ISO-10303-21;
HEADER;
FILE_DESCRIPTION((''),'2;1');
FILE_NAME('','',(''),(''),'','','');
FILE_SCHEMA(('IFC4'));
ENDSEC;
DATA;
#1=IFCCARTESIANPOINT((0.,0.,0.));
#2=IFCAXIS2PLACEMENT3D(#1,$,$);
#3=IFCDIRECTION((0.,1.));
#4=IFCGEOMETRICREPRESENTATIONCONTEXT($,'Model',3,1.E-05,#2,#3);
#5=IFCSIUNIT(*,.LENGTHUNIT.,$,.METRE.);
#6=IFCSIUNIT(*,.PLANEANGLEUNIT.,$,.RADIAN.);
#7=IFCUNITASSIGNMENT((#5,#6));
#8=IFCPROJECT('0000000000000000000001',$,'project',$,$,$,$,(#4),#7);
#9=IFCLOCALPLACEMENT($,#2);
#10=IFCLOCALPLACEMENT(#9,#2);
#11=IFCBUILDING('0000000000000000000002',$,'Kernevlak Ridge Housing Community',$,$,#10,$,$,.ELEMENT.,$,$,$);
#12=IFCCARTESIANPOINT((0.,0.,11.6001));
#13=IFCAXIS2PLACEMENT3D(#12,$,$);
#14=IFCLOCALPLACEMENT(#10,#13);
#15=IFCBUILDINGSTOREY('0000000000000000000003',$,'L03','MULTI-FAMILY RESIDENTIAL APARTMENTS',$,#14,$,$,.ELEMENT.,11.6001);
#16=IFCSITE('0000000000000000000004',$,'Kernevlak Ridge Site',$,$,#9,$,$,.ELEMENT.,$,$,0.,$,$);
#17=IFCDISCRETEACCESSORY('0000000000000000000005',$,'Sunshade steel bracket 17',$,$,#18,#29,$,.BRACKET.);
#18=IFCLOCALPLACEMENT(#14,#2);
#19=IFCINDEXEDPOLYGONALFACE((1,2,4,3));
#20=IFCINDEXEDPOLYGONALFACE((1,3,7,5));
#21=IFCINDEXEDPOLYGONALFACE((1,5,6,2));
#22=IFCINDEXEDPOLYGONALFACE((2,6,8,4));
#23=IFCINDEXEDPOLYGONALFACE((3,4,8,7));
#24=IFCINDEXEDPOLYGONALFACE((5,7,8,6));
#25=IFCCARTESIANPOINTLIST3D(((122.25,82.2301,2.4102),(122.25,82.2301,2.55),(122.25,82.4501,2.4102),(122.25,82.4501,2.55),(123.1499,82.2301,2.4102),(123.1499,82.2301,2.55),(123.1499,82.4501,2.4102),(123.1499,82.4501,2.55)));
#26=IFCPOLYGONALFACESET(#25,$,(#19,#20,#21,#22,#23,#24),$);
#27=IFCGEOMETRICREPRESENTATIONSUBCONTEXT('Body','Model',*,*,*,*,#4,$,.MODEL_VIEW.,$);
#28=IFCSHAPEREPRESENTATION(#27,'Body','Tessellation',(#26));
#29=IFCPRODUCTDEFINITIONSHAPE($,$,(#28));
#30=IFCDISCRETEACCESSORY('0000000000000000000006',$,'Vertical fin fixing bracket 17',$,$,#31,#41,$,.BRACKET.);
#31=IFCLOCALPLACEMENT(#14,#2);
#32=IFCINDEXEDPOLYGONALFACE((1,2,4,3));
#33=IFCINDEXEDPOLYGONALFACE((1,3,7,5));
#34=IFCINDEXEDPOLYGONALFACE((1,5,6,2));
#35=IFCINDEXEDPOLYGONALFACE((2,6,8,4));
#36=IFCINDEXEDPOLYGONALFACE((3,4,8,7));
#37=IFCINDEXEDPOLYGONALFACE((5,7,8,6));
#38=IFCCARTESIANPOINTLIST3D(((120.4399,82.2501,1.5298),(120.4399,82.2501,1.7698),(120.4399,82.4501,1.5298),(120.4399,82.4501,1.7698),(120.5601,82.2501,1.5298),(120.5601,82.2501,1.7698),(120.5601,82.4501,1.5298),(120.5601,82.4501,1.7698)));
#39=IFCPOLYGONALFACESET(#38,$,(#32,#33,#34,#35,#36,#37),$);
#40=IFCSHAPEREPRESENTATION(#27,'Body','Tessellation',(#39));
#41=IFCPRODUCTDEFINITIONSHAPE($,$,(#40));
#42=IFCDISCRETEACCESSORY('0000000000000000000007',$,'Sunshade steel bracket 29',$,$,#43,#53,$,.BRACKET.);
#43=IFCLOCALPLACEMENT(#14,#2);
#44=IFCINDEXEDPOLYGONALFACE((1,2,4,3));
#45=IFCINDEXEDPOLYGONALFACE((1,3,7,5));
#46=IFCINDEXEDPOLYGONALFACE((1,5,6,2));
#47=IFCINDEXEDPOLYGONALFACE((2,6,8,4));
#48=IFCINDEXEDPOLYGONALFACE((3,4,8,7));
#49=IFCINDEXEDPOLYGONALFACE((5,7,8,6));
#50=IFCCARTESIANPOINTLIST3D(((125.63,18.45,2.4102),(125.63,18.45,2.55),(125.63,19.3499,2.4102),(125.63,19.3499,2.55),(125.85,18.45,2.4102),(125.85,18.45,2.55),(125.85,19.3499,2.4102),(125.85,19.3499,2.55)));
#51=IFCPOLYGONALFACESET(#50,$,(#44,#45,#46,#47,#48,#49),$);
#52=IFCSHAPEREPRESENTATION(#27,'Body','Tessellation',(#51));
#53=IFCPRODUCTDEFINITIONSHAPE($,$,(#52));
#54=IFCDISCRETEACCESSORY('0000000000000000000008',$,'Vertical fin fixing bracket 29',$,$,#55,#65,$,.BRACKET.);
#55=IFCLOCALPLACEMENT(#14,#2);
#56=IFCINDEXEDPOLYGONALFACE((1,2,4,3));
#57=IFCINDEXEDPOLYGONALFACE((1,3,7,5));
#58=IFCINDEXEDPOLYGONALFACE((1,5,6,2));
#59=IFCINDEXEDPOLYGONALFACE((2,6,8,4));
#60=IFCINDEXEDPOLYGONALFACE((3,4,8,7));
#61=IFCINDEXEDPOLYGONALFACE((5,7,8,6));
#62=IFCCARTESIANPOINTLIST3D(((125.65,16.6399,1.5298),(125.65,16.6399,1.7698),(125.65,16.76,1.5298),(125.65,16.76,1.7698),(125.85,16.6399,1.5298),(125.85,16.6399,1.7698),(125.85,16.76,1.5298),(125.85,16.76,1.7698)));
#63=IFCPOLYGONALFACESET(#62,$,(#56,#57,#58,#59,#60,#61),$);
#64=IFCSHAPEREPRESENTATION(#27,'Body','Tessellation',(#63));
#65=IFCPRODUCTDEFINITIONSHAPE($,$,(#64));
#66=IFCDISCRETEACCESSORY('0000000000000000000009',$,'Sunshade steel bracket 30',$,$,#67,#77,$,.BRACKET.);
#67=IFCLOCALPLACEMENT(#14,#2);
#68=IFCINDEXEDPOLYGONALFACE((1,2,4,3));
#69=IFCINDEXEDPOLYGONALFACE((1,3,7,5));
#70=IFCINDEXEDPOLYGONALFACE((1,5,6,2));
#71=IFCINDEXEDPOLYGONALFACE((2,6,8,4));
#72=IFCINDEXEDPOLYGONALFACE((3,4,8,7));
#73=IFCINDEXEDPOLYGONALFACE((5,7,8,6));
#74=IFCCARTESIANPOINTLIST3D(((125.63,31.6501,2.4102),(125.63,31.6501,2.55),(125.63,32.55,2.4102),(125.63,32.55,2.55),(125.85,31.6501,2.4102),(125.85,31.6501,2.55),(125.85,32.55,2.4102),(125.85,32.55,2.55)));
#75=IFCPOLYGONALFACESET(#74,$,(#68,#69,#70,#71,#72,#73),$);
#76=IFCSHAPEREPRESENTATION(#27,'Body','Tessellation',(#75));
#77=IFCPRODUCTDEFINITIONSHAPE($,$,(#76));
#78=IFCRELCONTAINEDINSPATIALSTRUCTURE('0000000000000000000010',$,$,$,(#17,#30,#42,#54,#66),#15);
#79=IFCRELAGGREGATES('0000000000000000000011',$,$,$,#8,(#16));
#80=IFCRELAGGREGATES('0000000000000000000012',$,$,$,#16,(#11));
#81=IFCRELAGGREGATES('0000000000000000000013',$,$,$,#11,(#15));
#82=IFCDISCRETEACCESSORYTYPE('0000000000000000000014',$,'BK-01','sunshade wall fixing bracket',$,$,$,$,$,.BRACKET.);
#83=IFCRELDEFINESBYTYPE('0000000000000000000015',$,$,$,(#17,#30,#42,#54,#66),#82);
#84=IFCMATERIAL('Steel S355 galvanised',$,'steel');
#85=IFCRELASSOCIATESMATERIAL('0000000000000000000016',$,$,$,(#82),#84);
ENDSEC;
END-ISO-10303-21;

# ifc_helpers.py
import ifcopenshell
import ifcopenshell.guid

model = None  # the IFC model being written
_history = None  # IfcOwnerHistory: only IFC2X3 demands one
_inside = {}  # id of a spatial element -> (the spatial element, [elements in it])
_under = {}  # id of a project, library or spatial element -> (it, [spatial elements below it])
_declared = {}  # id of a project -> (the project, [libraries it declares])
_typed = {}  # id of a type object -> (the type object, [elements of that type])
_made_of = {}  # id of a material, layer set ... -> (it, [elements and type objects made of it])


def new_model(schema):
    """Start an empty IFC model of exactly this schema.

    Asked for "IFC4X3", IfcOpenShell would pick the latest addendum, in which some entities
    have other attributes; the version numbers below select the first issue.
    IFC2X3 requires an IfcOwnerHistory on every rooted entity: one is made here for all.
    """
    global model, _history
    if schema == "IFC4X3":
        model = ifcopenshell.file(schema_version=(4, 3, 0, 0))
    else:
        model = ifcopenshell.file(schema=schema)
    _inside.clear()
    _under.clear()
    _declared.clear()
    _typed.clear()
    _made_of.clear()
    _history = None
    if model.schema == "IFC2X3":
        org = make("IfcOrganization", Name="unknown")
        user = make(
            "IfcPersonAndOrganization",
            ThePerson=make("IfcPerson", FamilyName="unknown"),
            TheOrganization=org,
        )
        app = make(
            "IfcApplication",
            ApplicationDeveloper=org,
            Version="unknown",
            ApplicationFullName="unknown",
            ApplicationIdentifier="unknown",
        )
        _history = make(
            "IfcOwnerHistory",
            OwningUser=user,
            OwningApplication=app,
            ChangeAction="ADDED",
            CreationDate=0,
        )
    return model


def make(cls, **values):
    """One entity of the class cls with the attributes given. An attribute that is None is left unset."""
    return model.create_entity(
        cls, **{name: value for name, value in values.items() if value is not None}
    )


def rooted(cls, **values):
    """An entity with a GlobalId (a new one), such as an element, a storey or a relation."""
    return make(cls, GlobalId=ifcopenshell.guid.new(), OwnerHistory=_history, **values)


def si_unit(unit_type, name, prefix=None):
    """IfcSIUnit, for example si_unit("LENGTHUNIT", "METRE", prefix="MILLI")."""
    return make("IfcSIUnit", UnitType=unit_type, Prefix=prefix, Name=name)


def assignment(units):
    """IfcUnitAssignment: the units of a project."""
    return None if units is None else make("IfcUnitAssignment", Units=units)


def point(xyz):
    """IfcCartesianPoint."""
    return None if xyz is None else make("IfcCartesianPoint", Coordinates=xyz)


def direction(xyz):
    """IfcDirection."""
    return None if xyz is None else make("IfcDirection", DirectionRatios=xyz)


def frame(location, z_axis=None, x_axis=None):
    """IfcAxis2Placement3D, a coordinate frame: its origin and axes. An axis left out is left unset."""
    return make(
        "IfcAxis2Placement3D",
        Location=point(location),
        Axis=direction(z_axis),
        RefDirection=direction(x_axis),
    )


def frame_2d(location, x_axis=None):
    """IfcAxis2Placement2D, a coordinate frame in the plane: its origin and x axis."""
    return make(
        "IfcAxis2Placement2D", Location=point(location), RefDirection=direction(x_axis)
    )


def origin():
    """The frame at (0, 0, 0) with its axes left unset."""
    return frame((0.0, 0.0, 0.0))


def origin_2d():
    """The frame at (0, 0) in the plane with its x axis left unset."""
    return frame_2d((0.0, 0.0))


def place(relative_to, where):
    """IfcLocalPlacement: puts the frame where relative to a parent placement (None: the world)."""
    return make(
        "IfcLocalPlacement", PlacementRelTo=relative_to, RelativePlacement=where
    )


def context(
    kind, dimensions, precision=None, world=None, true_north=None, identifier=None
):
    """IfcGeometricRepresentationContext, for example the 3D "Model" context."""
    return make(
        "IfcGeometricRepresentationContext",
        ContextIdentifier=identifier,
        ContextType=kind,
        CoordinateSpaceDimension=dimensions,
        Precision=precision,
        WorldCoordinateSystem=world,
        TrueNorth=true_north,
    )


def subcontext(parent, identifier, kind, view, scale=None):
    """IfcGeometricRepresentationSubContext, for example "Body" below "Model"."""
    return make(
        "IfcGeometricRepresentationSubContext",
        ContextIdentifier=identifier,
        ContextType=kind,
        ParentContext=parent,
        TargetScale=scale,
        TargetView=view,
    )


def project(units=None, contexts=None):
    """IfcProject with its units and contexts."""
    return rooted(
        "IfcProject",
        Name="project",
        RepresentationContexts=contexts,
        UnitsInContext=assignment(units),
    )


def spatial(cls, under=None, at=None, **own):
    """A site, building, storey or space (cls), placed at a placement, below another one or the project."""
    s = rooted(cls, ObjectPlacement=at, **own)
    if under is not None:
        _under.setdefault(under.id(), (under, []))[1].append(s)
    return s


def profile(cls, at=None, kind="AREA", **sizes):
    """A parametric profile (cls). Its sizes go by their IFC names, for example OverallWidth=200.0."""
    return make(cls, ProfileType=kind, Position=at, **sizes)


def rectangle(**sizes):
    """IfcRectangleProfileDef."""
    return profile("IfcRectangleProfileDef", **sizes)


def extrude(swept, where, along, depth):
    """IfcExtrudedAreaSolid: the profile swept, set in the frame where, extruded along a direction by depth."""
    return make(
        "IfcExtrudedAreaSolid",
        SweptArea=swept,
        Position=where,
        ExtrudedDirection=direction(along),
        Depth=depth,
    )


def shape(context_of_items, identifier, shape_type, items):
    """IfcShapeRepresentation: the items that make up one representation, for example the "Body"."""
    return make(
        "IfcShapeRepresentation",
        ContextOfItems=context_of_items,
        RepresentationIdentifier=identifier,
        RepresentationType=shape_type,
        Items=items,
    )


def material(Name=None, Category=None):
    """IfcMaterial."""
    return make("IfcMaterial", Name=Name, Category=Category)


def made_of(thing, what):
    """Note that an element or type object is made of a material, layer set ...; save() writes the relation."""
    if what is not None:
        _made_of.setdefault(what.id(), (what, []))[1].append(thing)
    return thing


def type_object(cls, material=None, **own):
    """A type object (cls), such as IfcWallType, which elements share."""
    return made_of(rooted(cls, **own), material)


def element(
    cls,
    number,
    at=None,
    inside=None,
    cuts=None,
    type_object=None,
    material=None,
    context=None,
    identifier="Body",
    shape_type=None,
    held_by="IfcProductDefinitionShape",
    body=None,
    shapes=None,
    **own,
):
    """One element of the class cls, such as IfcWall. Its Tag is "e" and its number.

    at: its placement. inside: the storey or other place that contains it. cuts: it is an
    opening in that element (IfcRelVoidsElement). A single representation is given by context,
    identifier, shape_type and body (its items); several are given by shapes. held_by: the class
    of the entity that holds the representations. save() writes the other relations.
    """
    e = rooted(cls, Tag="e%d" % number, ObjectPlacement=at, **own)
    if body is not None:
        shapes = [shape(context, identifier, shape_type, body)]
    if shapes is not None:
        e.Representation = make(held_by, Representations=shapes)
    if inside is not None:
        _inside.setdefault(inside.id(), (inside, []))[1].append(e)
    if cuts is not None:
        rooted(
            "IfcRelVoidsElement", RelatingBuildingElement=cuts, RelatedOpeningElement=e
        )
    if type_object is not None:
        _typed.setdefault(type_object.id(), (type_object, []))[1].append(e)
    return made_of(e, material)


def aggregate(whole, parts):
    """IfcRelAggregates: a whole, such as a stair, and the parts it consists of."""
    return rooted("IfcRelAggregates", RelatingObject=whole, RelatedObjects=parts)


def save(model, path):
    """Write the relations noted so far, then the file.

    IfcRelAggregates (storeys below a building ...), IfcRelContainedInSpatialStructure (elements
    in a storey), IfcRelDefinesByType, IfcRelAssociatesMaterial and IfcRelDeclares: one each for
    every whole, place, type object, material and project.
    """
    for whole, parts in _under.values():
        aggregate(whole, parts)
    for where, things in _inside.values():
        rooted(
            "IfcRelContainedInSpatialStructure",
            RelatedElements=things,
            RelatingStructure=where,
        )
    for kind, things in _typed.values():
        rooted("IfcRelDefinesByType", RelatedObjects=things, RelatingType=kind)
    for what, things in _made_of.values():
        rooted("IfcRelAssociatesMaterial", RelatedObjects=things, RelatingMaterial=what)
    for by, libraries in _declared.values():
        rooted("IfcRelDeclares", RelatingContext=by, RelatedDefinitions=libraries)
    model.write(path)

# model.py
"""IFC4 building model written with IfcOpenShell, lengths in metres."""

from ifc_helpers import new_model, si_unit, direction, frame, origin, origin_2d, place, context, subcontext, project, spatial, rectangle, extrude, material, type_object, element, save


model = new_model("IFC4")

# Units and contexts
model_context = context("Model", 3, precision=1e-05, world=origin(), true_north=direction((0.0, 1.0)))
body_context = subcontext(model_context, "Body", "Model", "MODEL_VIEW")
ifc_project = project(units=[si_unit("LENGTHUNIT", "METRE"), si_unit("PLANEANGLEUNIT", "RADIAN")], contexts=[model_context])

# Site, building, storey
site_placement = place(None, origin())
site = spatial("IfcSite", under=ifc_project, at=site_placement, Name="Kernevlak Ridge Site", CompositionType="ELEMENT", RefElevation=0.0)
building_placement = place(site_placement, origin())
building = spatial("IfcBuilding", under=site, at=building_placement, Name="Kernevlak Ridge Housing Community", CompositionType="ELEMENT")
storey_placement = place(building_placement, frame((0.0, 0.0, 11.6001)))
storey = spatial("IfcBuildingStorey", under=building, at=storey_placement, Name="L03", Description="MULTI-FAMILY RESIDENTIAL APARTMENTS", CompositionType="ELEMENT", Elevation=11.6001)

# Discrete accessories
ifc_material_1 = material(Name="Steel S355 galvanised", Category="steel")
discrete_accessory_type = type_object("IfcDiscreteAccessoryType", Name="BK-01", Description="sunshade wall fixing bracket", PredefinedType="BRACKET", material=ifc_material_1)
discrete_accessory_1_placement = place(storey_placement, frame((122.7, 82.3401, 2.4102), z_axis=(0.0, 0.0, 1.0), x_axis=(1.0, 0.0, 0.0)))
element("IfcDiscreteAccessory", 1, at=discrete_accessory_1_placement, inside=storey, type_object=discrete_accessory_type, Name="Sunshade steel bracket 17", PredefinedType="BRACKET", context=body_context, shape_type="SweptSolid", body=[
    extrude(rectangle(XDim=0.8999, YDim=0.22, at=origin_2d()), origin(), (0.0, 0.0, 1.0), 0.1399),
])
discrete_accessory_2_placement = place(storey_placement, frame((120.5, 82.3501, 1.5298), z_axis=(0.0, 0.0, 1.0), x_axis=(1.0, 0.0, 0.0)))
element("IfcDiscreteAccessory", 2, at=discrete_accessory_2_placement, inside=storey, type_object=discrete_accessory_type, Name="Vertical fin fixing bracket 17", PredefinedType="BRACKET", context=body_context, shape_type="SweptSolid", body=[
    extrude(rectangle(XDim=0.1201, YDim=0.2, at=origin_2d()), origin(), (0.0, 0.0, 1.0), 0.24),
])
discrete_accessory_3_placement = place(storey_placement, frame((125.74, 18.8999, 2.4102), z_axis=(0.0, 0.0, 1.0), x_axis=(0.0, 1.0, 0.0)))
element("IfcDiscreteAccessory", 3, at=discrete_accessory_3_placement, inside=storey, type_object=discrete_accessory_type, Name="Sunshade steel bracket 29", PredefinedType="BRACKET", context=body_context, shape_type="SweptSolid", body=[
    extrude(rectangle(XDim=0.8999, YDim=0.22, at=origin_2d()), origin(), (0.0, 0.0, 1.0), 0.1399),
])
discrete_accessory_4_placement = place(storey_placement, frame((125.75, 16.7, 1.5298), z_axis=(0.0, 0.0, 1.0), x_axis=(0.0, 1.0, 0.0)))
element("IfcDiscreteAccessory", 4, at=discrete_accessory_4_placement, inside=storey, type_object=discrete_accessory_type, Name="Vertical fin fixing bracket 29", PredefinedType="BRACKET", context=body_context, shape_type="SweptSolid", body=[
    extrude(rectangle(XDim=0.1201, YDim=0.2, at=origin_2d()), origin(), (0.0, 0.0, 1.0), 0.24),
])
discrete_accessory_5_placement = place(storey_placement, frame((125.74, 32.1001, 2.4102), z_axis=(0.0, 0.0, 1.0), x_axis=(0.0, 1.0, 0.0)))
element("IfcDiscreteAccessory", 5, at=discrete_accessory_5_placement, inside=storey, type_object=discrete_accessory_type, Name="Sunshade steel bracket 30", PredefinedType="BRACKET", context=body_context, shape_type="SweptSolid", body=[
    extrude(rectangle(XDim=0.8999, YDim=0.22, at=origin_2d()), origin(), (0.0, 0.0, 1.0), 0.1399),
])

save(model, "model.ifc")
